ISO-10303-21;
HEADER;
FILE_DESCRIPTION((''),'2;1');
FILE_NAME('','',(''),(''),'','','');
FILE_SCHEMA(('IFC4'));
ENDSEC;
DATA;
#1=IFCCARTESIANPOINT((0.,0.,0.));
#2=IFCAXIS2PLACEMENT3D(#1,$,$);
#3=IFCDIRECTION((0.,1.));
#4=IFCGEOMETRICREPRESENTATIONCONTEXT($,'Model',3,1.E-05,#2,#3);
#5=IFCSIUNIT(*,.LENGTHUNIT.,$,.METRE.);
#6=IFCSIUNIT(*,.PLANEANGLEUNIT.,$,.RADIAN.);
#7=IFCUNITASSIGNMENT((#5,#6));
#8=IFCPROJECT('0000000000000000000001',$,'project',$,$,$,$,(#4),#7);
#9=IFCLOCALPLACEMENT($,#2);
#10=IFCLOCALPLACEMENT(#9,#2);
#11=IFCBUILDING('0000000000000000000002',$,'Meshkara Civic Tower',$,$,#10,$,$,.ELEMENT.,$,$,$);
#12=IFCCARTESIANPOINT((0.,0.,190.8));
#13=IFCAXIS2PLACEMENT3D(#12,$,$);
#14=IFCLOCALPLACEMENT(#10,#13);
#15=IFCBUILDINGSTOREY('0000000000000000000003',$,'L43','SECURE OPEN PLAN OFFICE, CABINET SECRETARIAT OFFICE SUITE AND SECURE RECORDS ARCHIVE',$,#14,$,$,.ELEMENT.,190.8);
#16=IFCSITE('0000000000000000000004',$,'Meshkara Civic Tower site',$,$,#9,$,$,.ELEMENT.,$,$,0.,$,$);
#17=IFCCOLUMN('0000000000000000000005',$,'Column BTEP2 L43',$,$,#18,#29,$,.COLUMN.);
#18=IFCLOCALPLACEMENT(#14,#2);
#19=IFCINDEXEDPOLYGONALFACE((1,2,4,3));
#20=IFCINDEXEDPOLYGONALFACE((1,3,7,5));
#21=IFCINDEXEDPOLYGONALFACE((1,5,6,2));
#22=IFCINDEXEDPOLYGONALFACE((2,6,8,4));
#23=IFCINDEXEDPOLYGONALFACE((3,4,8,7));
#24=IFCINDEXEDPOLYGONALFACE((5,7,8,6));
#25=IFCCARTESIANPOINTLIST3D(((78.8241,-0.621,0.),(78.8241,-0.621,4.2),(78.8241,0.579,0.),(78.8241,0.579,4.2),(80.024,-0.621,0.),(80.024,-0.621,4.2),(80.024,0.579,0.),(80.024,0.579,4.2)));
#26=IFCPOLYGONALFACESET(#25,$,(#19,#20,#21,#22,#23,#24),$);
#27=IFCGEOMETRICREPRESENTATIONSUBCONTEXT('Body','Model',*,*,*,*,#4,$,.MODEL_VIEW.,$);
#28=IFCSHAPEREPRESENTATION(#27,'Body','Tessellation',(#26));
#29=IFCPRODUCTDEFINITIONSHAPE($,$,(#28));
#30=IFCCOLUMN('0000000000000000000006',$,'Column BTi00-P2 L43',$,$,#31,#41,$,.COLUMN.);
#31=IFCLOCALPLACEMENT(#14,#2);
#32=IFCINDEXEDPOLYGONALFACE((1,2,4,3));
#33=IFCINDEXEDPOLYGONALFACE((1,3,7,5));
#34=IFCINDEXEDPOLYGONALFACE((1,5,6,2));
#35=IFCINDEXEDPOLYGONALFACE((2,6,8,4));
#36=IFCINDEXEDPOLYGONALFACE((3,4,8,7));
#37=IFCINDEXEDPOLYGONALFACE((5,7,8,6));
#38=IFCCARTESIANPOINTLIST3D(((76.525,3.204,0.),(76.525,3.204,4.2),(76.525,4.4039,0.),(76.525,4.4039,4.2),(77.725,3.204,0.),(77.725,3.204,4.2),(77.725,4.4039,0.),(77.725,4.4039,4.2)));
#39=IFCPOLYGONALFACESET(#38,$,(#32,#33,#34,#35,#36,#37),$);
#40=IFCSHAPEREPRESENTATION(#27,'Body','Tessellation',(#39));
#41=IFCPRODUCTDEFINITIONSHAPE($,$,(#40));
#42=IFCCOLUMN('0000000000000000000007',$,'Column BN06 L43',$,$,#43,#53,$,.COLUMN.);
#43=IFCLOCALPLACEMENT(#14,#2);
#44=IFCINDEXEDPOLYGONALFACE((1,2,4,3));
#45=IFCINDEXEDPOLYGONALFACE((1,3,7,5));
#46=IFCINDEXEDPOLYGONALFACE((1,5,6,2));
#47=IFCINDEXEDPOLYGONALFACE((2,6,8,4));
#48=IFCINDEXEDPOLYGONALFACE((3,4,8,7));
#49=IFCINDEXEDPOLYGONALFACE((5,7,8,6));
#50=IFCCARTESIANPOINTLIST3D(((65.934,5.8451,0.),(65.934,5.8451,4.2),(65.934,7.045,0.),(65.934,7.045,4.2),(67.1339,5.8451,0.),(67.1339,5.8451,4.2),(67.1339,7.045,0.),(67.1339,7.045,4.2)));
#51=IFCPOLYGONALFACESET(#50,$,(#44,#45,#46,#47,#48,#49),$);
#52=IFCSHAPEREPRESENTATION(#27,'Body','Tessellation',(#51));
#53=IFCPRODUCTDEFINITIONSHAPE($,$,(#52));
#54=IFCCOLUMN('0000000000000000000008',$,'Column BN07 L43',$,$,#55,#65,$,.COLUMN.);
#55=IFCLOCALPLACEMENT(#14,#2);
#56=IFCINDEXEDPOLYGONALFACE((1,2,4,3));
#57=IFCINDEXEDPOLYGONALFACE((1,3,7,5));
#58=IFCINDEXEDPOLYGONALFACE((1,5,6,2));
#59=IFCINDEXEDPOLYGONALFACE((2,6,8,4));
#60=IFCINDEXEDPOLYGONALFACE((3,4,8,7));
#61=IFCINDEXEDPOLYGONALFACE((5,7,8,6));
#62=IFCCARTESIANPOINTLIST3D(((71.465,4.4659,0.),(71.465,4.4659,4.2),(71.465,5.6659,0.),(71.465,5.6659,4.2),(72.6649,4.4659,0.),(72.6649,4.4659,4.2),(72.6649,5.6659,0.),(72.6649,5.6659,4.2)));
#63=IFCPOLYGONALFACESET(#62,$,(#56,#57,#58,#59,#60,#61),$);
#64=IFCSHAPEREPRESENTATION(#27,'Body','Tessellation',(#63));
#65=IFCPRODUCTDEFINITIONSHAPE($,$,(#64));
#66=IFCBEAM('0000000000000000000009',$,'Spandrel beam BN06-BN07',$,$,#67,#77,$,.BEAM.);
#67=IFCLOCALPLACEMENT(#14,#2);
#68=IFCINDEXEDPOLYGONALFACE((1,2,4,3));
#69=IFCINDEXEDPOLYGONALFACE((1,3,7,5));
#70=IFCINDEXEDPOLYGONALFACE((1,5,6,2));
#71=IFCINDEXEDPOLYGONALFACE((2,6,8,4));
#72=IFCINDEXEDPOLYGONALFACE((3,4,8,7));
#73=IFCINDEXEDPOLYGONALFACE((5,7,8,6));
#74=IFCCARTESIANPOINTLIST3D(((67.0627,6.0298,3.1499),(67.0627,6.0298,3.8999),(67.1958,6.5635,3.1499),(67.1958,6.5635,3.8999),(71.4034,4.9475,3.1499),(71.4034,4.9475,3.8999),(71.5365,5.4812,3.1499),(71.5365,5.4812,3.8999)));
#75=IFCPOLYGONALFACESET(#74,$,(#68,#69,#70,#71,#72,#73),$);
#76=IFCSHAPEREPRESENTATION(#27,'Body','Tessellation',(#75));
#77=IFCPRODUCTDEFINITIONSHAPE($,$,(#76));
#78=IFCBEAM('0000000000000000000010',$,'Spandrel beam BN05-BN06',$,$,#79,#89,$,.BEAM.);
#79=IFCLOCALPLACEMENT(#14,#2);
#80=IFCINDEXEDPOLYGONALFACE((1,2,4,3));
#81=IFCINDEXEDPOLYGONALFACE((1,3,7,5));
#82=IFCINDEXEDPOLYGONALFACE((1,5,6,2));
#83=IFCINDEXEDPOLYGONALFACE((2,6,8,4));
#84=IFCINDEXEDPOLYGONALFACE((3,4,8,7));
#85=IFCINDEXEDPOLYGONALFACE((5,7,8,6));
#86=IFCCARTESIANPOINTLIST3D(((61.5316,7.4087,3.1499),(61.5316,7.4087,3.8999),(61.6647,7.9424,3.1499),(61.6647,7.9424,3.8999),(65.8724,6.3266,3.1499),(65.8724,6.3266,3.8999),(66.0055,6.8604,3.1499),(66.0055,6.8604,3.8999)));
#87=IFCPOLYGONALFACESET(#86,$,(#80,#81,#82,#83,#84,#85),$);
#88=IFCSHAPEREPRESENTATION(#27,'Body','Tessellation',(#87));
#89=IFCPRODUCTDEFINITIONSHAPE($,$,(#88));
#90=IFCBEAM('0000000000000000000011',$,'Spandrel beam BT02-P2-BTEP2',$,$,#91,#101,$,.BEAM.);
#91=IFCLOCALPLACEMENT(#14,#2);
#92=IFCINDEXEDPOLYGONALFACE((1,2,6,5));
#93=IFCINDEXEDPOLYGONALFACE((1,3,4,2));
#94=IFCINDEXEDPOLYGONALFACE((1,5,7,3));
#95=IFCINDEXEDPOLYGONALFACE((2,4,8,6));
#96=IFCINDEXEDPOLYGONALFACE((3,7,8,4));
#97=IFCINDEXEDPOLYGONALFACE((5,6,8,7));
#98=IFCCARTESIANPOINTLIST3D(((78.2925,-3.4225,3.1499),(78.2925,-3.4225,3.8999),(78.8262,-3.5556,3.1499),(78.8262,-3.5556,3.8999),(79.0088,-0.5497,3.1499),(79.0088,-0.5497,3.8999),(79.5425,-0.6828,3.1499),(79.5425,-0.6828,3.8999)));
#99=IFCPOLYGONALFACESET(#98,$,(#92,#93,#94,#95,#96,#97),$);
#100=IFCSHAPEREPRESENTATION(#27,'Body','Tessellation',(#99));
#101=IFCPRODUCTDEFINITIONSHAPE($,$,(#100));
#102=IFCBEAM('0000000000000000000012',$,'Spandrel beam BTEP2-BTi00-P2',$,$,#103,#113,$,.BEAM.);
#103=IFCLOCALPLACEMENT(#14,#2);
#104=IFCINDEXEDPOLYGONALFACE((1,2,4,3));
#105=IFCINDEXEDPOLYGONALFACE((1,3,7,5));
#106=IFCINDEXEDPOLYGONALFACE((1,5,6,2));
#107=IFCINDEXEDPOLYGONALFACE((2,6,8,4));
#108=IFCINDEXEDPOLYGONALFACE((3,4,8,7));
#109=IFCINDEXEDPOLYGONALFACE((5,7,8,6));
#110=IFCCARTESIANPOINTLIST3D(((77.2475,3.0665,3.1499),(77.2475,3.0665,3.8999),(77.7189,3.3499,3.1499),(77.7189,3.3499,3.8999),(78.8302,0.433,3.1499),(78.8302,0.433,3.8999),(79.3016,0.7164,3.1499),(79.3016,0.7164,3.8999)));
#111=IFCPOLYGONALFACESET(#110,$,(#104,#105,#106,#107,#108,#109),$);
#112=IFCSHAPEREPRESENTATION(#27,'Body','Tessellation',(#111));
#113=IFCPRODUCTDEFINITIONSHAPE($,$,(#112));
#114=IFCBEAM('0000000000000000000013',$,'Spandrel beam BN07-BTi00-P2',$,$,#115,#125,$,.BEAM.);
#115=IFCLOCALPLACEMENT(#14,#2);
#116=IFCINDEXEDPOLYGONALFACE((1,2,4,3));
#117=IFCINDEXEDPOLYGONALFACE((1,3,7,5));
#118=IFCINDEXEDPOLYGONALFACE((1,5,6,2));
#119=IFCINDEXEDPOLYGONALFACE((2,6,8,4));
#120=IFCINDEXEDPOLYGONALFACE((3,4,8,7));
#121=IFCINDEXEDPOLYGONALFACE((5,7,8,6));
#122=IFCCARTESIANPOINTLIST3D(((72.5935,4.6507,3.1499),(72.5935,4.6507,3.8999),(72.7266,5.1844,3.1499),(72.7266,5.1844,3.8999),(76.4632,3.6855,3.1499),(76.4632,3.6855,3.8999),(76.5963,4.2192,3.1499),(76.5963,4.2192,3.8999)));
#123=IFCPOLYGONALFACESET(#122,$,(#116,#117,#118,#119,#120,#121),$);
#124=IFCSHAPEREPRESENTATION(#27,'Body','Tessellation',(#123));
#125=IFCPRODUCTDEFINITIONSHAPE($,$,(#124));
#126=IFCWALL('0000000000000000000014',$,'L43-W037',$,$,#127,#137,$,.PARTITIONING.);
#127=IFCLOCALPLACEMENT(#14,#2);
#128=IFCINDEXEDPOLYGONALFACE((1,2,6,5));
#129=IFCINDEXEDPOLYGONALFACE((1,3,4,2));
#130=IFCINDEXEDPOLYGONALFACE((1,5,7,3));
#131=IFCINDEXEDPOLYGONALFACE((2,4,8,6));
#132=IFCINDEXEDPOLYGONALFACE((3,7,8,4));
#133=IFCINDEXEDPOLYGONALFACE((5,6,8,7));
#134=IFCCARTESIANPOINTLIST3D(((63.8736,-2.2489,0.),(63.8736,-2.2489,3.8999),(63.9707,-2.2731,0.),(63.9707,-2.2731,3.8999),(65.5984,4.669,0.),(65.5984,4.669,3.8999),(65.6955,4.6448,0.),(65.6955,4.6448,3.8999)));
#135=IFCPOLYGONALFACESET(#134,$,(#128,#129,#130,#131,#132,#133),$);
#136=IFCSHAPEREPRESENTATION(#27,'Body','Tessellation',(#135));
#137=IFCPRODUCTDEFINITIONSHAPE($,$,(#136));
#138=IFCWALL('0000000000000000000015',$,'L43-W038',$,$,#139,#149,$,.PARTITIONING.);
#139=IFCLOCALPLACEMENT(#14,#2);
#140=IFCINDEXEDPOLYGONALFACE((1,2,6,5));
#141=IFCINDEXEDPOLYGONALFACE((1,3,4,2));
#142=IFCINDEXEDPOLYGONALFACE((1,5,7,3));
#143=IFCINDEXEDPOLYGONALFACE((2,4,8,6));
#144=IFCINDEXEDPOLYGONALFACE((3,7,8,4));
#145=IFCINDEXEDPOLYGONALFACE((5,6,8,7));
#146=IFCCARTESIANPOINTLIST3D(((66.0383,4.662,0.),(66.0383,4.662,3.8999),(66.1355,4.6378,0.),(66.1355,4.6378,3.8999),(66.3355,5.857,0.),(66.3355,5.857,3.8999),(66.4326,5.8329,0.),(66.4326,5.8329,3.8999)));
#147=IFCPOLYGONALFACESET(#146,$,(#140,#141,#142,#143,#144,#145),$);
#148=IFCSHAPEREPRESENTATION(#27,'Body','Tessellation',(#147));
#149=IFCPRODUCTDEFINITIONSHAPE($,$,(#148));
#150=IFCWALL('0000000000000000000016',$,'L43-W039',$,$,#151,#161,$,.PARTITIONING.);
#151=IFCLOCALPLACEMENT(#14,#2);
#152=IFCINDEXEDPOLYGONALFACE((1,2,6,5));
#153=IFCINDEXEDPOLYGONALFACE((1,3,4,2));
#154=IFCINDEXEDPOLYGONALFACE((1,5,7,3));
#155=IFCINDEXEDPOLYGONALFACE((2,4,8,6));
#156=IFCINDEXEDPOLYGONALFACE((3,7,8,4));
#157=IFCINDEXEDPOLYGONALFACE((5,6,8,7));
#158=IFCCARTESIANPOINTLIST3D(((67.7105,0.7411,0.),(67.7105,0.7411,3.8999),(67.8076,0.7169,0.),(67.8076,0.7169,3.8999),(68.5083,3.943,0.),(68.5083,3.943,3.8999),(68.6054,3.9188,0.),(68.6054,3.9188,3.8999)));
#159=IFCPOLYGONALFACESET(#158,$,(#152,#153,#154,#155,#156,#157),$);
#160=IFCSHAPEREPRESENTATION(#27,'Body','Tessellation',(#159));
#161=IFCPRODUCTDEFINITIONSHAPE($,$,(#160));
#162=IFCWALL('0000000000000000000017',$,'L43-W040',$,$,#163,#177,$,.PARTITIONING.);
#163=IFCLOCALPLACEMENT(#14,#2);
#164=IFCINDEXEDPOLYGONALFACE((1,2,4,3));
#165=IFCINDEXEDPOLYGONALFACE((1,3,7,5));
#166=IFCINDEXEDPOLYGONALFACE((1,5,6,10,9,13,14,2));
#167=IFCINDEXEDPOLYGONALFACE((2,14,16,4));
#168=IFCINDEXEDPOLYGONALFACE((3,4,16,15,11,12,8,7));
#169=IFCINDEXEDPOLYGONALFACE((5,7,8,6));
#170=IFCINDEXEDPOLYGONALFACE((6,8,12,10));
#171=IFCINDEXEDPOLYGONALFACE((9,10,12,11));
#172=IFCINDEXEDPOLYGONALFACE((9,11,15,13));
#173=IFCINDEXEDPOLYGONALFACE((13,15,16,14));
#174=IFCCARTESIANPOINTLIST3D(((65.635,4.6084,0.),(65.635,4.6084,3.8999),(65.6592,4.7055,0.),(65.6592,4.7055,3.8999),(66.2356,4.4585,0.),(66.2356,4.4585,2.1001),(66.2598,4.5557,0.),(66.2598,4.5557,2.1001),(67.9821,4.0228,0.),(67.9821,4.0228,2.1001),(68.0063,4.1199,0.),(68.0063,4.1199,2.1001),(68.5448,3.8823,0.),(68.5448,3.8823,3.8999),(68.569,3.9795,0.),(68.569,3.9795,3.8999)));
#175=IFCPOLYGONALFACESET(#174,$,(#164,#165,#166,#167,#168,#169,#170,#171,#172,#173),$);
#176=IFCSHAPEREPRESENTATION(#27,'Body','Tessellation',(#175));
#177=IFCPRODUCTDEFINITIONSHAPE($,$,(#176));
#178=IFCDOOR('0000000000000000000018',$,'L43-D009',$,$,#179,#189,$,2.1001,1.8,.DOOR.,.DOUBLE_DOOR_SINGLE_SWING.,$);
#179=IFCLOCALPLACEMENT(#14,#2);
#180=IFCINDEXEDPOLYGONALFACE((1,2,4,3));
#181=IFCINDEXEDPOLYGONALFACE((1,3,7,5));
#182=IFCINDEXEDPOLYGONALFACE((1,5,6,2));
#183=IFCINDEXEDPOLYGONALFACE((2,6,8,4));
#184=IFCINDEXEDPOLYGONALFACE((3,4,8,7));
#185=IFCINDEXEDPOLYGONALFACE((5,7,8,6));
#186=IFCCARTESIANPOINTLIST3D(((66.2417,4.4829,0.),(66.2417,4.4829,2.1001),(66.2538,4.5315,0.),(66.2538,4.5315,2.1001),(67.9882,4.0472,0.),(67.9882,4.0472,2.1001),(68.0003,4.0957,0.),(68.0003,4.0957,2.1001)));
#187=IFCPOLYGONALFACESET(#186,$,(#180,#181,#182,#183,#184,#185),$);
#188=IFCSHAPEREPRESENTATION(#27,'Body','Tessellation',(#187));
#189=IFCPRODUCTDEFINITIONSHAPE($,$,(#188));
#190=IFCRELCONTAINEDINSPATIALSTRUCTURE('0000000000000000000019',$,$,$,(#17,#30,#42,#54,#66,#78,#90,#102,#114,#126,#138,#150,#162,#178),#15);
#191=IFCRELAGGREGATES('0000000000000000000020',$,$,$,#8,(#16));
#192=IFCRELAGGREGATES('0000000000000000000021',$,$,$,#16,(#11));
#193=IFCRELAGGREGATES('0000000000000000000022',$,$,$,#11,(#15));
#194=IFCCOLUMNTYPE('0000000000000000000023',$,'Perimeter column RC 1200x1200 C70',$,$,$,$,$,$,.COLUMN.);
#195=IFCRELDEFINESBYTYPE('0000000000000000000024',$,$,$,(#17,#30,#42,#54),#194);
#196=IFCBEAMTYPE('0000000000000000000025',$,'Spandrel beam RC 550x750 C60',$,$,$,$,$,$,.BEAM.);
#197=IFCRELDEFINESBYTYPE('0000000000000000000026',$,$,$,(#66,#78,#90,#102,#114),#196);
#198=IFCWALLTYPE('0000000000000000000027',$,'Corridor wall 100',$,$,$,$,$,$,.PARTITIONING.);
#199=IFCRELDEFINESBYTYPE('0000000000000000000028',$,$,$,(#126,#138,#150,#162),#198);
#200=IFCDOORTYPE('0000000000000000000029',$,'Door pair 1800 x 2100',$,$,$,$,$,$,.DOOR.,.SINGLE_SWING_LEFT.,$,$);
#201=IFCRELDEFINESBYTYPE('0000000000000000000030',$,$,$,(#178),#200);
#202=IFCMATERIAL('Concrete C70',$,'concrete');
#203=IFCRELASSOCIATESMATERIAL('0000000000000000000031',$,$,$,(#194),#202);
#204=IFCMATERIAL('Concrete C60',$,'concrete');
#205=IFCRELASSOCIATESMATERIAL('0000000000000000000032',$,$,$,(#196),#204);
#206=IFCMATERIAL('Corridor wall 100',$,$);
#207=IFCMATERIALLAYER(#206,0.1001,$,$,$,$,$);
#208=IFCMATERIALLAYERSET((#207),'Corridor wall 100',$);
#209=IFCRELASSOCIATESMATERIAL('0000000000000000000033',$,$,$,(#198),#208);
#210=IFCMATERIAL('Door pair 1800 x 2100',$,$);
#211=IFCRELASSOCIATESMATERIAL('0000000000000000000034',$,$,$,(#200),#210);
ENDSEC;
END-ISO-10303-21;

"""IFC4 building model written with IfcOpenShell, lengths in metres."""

from ifc_helpers import new_model, si_unit, direction, frame, frame_2d, origin, origin_2d, place, context, subcontext, project, spatial, rectangle, extrude, material, layer, layer_set, material_profile, profile_set, type_object, element, fill, save


model = new_model("IFC4")

# Units and contexts
model_context = context("Model", 3, precision=1e-05, world=origin(), true_north=direction((0.0, 1.0)))
body_context = subcontext(model_context, "Body", "Model", "MODEL_VIEW")
ifc_project = project(units=[si_unit("LENGTHUNIT", "METRE"), si_unit("PLANEANGLEUNIT", "RADIAN")], contexts=[model_context])

# Site, building, storey
site_placement = place(None, origin())
site = spatial("IfcSite", under=ifc_project, at=site_placement, Name="Meshkara Civic Tower site", CompositionType="ELEMENT", RefElevation=0.0)
building_placement = place(site_placement, origin())
building = spatial("IfcBuilding", under=site, at=building_placement, Name="Meshkara Civic Tower", CompositionType="ELEMENT")
storey_placement = place(building_placement, frame((0.0, 0.0, 190.8)))
storey = spatial("IfcBuildingStorey", under=building, at=storey_placement, Name="L43", Description="SECURE OPEN PLAN OFFICE, CABINET SECRETARIAT OFFICE SUITE AND SECURE RECORDS ARCHIVE", CompositionType="ELEMENT", Elevation=190.8)

# Columns
ifc_material_1 = material(Name="Concrete C70", Category="concrete")
ifc_material_profile_1 = material_profile(ifc_material_1, rectangle(XDim=1.2, YDim=1.2, at=origin_2d()))
ifc_profile_set_1 = profile_set([ifc_material_profile_1], Name="Concrete C70")
column_type = type_object("IfcColumnType", Name="Perimeter column RC 1200x1200 C70", PredefinedType="COLUMN", material=ifc_profile_set_1)
for number, where, z_axis, x_axis, name in (
    (1, (79.4241, -0.021, 0.0), (0.0, 0.0, 1.0), (1.0, 0.0, 0.0), "Column BTEP2 L43"),
    (2, (77.125, 3.804, 0.0), (0.0, 0.0, 1.0), (1.0, 0.0, 0.0), "Column BTi00-P2 L43"),
    (3, (66.5339, 6.4451, 0.0), (0.0, 0.0, 1.0), (1.0, 0.0, 0.0), "Column BN06 L43"),
    (4, (72.0649, 5.0659, 0.0), (0.0, 0.0, 1.0), (1.0, 0.0, 0.0), "Column BN07 L43"),
):
    element("IfcColumn", number, at=place(storey_placement, frame(where, z_axis=z_axis, x_axis=x_axis)), inside=storey, type_object=column_type, Name=name, PredefinedType="COLUMN", context=body_context, shape_type="SweptSolid", body=[
        extrude(rectangle(XDim=1.2, YDim=1.2, at=origin_2d()), origin(), (0.0, 0.0, 1.0), 4.2),
    ])

# Beams
ifc_material_2 = material(Name="Concrete C60", Category="concrete")
ifc_material_profile_2 = material_profile(ifc_material_2, rectangle(XDim=0.55, YDim=0.75, at=origin_2d()))
ifc_profile_set_2 = profile_set([ifc_material_profile_2], Name="Concrete C60")
beam_type = type_object("IfcBeamType", Name="Spandrel beam RC 550x750 C60", PredefinedType="BEAM", material=ifc_profile_set_2)
for number, where, z_axis, x_axis, name in (
    (5, (71.47, 5.2144, 3.5249), (-0.970296, 0.241919, 0.0), (-0.241919, -0.970296, 0.0), "Spandrel beam BN06-BN07"),
    (6, (65.939, 6.5935, 3.5249), (-0.970309, 0.241868, 0.0), (-0.241868, -0.970309, 0.0), "Spandrel beam BN05-BN06"),
):
    element("IfcBeam", number, at=place(storey_placement, frame(where, z_axis=z_axis, x_axis=x_axis)), inside=storey, type_object=beam_type, Name=name, PredefinedType="BEAM", context=body_context, shape_type="SweptSolid", body=[
        extrude(rectangle(XDim=0.55, YDim=0.75, at=origin_2d()), origin(), (0.0, 0.0, 1.0), 4.4736),
    ])
beam_1_placement = place(storey_placement, frame((78.5593, -3.489, 3.5249), z_axis=(0.241934, 0.970293, 0.0), x_axis=(-0.970293, 0.241934, 0.0)))
element("IfcBeam", 7, at=beam_1_placement, inside=storey, type_object=beam_type, Name="Spandrel beam BT02-P2-BTEP2", PredefinedType="BEAM", context=body_context, shape_type="SweptSolid", body=[
    extrude(rectangle(XDim=0.55, YDim=0.75, at=origin_2d()), origin(), (0.0, 0.0, 1.0), 2.9607),
])
beam_2_placement = place(storey_placement, frame((79.0659, 0.5747, 3.5249), z_axis=(-0.515127, 0.857114, 0.0), x_axis=(-0.857114, -0.515127, 0.0)))
element("IfcBeam", 8, at=beam_2_placement, inside=storey, type_object=beam_type, Name="Spandrel beam BTEP2-BTi00-P2", PredefinedType="BEAM", context=body_context, shape_type="SweptSolid", body=[
    extrude(rectangle(XDim=0.55, YDim=0.75, at=origin_2d()), origin(), (0.0, 0.0, 1.0), 3.0725),
])
beam_3_placement = place(storey_placement, frame((76.5298, 3.9524, 3.5249), z_axis=(-0.970279, 0.241988, 0.0), x_axis=(-0.241988, -0.970279, 0.0)))
element("IfcBeam", 9, at=beam_3_placement, inside=storey, type_object=beam_type, Name="Spandrel beam BN07-BTi00-P2", PredefinedType="BEAM", context=body_context, shape_type="SweptSolid", body=[
    extrude(rectangle(XDim=0.55, YDim=0.75, at=origin_2d()), origin(), (0.0, 0.0, 1.0), 3.9883),
])

# Walls
ifc_material_3 = material(Name="Corridor wall 100")
ifc_layer_1 = layer(ifc_material_3, 0.1001)
ifc_layer_set_1 = layer_set([ifc_layer_1], Name="Corridor wall 100")
wall_type_1 = type_object("IfcWallType", Name="Corridor wall 100", PredefinedType="PARTITIONING", material=ifc_layer_set_1)
wall_1_placement = place(storey_placement, frame((65.647, 4.657, 0.0), z_axis=(0.0, 0.0, 1.0), x_axis=(-0.241923, -0.970295, 0.0)))
element("IfcWall", 10, at=wall_1_placement, inside=storey, type_object=wall_type_1, Name="L43-W037", PredefinedType="PARTITIONING", context=body_context, shape_type="SweptSolid", body=[
    extrude(rectangle(XDim=7.1296, YDim=0.1001, at=frame_2d((3.5649, 0.0))), origin(), (0.0, 0.0, 1.0), 3.8999),
])
wall_2_placement = place(storey_placement, frame((66.0869, 4.6499, 0.0), z_axis=(0.0, 0.0, 1.0), x_axis=(0.241276, 0.970457, 0.0)))
element("IfcWall", 11, at=wall_2_placement, inside=storey, type_object=wall_type_1, Name="L43-W038", PredefinedType="PARTITIONING", context=body_context, shape_type="SweptSolid", body=[
    extrude(rectangle(XDim=1.2314, YDim=0.1001, at=frame_2d((0.6157, 0.0))), origin(), (0.0, 0.0, 1.0), 3.8999),
])
wall_3_placement = place(storey_placement, frame((67.759, 0.729, 0.0), z_axis=(0.0, 0.0, 1.0), x_axis=(0.241787, 0.970329, 0.0)))
element("IfcWall", 12, at=wall_3_placement, inside=storey, type_object=wall_type_1, Name="L43-W039", PredefinedType="PARTITIONING", context=body_context, shape_type="SweptSolid", body=[
    extrude(rectangle(XDim=3.2998, YDim=0.1001, at=frame_2d((1.6499, 0.0))), origin(), (0.0, 0.0, 1.0), 3.8999),
])

# Wall, opening, door
wall_4_placement = place(storey_placement, frame((68.5569, 3.9309, 0.0), z_axis=(0.0, 0.0, 1.0), x_axis=(-0.970253, 0.242095, 0.0)))
wall_4 = element("IfcWall", 13, at=wall_4_placement, inside=storey, type_object=wall_type_1, Name="L43-W040", PredefinedType="PARTITIONING", context=body_context, shape_type="SweptSolid", body=[
    extrude(rectangle(XDim=2.999, YDim=0.1001, at=frame_2d((1.4995, 0.0))), origin(), (0.0, 0.0, 1.0), 3.8999),
])
opening_1_placement = place(wall_4_placement, frame((0.5801, 0.0, 0.0)))
opening_1 = element("IfcOpeningElement", 14, at=opening_1_placement, cuts=wall_4, PredefinedType="OPENING", context=body_context, shape_type="SweptSolid", body=[
    extrude(rectangle(XDim=1.8, YDim=2.1001, at=frame_2d((0.8999, 1.05))), frame((0.0, 0.0601, 0.0), z_axis=(0.0, -1.0, 0.0), x_axis=(1.0, 0.0, 0.0)), (0.0, 0.0, 1.0), 0.1201),
])
ifc_material_4 = material(Name="Door pair 1800 x 2100")
door_type = type_object("IfcDoorType", Name="Door pair 1800 x 2100", OperationType="SINGLE_SWING_LEFT", PredefinedType="DOOR", material=ifc_material_4)
door_placement = place(opening_1_placement, origin())
door = element("IfcDoor", 15, at=door_placement, inside=storey, type_object=door_type, Name="L43-D009", OperationType="DOUBLE_DOOR_SINGLE_SWING", OverallHeight=2.1001, OverallWidth=1.8, PredefinedType="DOOR", context=body_context, shape_type="SweptSolid", body=[
    extrude(rectangle(XDim=1.8, YDim=2.1001, at=frame_2d((0.8999, 1.05))), frame((0.0, 0.0249, 0.0), z_axis=(0.0, -1.0, 0.0), x_axis=(1.0, 0.0, 0.0)), (0.0, 0.0, 1.0), 0.05),
])
fill(opening_1, door)

save(model, "model.ifc")
